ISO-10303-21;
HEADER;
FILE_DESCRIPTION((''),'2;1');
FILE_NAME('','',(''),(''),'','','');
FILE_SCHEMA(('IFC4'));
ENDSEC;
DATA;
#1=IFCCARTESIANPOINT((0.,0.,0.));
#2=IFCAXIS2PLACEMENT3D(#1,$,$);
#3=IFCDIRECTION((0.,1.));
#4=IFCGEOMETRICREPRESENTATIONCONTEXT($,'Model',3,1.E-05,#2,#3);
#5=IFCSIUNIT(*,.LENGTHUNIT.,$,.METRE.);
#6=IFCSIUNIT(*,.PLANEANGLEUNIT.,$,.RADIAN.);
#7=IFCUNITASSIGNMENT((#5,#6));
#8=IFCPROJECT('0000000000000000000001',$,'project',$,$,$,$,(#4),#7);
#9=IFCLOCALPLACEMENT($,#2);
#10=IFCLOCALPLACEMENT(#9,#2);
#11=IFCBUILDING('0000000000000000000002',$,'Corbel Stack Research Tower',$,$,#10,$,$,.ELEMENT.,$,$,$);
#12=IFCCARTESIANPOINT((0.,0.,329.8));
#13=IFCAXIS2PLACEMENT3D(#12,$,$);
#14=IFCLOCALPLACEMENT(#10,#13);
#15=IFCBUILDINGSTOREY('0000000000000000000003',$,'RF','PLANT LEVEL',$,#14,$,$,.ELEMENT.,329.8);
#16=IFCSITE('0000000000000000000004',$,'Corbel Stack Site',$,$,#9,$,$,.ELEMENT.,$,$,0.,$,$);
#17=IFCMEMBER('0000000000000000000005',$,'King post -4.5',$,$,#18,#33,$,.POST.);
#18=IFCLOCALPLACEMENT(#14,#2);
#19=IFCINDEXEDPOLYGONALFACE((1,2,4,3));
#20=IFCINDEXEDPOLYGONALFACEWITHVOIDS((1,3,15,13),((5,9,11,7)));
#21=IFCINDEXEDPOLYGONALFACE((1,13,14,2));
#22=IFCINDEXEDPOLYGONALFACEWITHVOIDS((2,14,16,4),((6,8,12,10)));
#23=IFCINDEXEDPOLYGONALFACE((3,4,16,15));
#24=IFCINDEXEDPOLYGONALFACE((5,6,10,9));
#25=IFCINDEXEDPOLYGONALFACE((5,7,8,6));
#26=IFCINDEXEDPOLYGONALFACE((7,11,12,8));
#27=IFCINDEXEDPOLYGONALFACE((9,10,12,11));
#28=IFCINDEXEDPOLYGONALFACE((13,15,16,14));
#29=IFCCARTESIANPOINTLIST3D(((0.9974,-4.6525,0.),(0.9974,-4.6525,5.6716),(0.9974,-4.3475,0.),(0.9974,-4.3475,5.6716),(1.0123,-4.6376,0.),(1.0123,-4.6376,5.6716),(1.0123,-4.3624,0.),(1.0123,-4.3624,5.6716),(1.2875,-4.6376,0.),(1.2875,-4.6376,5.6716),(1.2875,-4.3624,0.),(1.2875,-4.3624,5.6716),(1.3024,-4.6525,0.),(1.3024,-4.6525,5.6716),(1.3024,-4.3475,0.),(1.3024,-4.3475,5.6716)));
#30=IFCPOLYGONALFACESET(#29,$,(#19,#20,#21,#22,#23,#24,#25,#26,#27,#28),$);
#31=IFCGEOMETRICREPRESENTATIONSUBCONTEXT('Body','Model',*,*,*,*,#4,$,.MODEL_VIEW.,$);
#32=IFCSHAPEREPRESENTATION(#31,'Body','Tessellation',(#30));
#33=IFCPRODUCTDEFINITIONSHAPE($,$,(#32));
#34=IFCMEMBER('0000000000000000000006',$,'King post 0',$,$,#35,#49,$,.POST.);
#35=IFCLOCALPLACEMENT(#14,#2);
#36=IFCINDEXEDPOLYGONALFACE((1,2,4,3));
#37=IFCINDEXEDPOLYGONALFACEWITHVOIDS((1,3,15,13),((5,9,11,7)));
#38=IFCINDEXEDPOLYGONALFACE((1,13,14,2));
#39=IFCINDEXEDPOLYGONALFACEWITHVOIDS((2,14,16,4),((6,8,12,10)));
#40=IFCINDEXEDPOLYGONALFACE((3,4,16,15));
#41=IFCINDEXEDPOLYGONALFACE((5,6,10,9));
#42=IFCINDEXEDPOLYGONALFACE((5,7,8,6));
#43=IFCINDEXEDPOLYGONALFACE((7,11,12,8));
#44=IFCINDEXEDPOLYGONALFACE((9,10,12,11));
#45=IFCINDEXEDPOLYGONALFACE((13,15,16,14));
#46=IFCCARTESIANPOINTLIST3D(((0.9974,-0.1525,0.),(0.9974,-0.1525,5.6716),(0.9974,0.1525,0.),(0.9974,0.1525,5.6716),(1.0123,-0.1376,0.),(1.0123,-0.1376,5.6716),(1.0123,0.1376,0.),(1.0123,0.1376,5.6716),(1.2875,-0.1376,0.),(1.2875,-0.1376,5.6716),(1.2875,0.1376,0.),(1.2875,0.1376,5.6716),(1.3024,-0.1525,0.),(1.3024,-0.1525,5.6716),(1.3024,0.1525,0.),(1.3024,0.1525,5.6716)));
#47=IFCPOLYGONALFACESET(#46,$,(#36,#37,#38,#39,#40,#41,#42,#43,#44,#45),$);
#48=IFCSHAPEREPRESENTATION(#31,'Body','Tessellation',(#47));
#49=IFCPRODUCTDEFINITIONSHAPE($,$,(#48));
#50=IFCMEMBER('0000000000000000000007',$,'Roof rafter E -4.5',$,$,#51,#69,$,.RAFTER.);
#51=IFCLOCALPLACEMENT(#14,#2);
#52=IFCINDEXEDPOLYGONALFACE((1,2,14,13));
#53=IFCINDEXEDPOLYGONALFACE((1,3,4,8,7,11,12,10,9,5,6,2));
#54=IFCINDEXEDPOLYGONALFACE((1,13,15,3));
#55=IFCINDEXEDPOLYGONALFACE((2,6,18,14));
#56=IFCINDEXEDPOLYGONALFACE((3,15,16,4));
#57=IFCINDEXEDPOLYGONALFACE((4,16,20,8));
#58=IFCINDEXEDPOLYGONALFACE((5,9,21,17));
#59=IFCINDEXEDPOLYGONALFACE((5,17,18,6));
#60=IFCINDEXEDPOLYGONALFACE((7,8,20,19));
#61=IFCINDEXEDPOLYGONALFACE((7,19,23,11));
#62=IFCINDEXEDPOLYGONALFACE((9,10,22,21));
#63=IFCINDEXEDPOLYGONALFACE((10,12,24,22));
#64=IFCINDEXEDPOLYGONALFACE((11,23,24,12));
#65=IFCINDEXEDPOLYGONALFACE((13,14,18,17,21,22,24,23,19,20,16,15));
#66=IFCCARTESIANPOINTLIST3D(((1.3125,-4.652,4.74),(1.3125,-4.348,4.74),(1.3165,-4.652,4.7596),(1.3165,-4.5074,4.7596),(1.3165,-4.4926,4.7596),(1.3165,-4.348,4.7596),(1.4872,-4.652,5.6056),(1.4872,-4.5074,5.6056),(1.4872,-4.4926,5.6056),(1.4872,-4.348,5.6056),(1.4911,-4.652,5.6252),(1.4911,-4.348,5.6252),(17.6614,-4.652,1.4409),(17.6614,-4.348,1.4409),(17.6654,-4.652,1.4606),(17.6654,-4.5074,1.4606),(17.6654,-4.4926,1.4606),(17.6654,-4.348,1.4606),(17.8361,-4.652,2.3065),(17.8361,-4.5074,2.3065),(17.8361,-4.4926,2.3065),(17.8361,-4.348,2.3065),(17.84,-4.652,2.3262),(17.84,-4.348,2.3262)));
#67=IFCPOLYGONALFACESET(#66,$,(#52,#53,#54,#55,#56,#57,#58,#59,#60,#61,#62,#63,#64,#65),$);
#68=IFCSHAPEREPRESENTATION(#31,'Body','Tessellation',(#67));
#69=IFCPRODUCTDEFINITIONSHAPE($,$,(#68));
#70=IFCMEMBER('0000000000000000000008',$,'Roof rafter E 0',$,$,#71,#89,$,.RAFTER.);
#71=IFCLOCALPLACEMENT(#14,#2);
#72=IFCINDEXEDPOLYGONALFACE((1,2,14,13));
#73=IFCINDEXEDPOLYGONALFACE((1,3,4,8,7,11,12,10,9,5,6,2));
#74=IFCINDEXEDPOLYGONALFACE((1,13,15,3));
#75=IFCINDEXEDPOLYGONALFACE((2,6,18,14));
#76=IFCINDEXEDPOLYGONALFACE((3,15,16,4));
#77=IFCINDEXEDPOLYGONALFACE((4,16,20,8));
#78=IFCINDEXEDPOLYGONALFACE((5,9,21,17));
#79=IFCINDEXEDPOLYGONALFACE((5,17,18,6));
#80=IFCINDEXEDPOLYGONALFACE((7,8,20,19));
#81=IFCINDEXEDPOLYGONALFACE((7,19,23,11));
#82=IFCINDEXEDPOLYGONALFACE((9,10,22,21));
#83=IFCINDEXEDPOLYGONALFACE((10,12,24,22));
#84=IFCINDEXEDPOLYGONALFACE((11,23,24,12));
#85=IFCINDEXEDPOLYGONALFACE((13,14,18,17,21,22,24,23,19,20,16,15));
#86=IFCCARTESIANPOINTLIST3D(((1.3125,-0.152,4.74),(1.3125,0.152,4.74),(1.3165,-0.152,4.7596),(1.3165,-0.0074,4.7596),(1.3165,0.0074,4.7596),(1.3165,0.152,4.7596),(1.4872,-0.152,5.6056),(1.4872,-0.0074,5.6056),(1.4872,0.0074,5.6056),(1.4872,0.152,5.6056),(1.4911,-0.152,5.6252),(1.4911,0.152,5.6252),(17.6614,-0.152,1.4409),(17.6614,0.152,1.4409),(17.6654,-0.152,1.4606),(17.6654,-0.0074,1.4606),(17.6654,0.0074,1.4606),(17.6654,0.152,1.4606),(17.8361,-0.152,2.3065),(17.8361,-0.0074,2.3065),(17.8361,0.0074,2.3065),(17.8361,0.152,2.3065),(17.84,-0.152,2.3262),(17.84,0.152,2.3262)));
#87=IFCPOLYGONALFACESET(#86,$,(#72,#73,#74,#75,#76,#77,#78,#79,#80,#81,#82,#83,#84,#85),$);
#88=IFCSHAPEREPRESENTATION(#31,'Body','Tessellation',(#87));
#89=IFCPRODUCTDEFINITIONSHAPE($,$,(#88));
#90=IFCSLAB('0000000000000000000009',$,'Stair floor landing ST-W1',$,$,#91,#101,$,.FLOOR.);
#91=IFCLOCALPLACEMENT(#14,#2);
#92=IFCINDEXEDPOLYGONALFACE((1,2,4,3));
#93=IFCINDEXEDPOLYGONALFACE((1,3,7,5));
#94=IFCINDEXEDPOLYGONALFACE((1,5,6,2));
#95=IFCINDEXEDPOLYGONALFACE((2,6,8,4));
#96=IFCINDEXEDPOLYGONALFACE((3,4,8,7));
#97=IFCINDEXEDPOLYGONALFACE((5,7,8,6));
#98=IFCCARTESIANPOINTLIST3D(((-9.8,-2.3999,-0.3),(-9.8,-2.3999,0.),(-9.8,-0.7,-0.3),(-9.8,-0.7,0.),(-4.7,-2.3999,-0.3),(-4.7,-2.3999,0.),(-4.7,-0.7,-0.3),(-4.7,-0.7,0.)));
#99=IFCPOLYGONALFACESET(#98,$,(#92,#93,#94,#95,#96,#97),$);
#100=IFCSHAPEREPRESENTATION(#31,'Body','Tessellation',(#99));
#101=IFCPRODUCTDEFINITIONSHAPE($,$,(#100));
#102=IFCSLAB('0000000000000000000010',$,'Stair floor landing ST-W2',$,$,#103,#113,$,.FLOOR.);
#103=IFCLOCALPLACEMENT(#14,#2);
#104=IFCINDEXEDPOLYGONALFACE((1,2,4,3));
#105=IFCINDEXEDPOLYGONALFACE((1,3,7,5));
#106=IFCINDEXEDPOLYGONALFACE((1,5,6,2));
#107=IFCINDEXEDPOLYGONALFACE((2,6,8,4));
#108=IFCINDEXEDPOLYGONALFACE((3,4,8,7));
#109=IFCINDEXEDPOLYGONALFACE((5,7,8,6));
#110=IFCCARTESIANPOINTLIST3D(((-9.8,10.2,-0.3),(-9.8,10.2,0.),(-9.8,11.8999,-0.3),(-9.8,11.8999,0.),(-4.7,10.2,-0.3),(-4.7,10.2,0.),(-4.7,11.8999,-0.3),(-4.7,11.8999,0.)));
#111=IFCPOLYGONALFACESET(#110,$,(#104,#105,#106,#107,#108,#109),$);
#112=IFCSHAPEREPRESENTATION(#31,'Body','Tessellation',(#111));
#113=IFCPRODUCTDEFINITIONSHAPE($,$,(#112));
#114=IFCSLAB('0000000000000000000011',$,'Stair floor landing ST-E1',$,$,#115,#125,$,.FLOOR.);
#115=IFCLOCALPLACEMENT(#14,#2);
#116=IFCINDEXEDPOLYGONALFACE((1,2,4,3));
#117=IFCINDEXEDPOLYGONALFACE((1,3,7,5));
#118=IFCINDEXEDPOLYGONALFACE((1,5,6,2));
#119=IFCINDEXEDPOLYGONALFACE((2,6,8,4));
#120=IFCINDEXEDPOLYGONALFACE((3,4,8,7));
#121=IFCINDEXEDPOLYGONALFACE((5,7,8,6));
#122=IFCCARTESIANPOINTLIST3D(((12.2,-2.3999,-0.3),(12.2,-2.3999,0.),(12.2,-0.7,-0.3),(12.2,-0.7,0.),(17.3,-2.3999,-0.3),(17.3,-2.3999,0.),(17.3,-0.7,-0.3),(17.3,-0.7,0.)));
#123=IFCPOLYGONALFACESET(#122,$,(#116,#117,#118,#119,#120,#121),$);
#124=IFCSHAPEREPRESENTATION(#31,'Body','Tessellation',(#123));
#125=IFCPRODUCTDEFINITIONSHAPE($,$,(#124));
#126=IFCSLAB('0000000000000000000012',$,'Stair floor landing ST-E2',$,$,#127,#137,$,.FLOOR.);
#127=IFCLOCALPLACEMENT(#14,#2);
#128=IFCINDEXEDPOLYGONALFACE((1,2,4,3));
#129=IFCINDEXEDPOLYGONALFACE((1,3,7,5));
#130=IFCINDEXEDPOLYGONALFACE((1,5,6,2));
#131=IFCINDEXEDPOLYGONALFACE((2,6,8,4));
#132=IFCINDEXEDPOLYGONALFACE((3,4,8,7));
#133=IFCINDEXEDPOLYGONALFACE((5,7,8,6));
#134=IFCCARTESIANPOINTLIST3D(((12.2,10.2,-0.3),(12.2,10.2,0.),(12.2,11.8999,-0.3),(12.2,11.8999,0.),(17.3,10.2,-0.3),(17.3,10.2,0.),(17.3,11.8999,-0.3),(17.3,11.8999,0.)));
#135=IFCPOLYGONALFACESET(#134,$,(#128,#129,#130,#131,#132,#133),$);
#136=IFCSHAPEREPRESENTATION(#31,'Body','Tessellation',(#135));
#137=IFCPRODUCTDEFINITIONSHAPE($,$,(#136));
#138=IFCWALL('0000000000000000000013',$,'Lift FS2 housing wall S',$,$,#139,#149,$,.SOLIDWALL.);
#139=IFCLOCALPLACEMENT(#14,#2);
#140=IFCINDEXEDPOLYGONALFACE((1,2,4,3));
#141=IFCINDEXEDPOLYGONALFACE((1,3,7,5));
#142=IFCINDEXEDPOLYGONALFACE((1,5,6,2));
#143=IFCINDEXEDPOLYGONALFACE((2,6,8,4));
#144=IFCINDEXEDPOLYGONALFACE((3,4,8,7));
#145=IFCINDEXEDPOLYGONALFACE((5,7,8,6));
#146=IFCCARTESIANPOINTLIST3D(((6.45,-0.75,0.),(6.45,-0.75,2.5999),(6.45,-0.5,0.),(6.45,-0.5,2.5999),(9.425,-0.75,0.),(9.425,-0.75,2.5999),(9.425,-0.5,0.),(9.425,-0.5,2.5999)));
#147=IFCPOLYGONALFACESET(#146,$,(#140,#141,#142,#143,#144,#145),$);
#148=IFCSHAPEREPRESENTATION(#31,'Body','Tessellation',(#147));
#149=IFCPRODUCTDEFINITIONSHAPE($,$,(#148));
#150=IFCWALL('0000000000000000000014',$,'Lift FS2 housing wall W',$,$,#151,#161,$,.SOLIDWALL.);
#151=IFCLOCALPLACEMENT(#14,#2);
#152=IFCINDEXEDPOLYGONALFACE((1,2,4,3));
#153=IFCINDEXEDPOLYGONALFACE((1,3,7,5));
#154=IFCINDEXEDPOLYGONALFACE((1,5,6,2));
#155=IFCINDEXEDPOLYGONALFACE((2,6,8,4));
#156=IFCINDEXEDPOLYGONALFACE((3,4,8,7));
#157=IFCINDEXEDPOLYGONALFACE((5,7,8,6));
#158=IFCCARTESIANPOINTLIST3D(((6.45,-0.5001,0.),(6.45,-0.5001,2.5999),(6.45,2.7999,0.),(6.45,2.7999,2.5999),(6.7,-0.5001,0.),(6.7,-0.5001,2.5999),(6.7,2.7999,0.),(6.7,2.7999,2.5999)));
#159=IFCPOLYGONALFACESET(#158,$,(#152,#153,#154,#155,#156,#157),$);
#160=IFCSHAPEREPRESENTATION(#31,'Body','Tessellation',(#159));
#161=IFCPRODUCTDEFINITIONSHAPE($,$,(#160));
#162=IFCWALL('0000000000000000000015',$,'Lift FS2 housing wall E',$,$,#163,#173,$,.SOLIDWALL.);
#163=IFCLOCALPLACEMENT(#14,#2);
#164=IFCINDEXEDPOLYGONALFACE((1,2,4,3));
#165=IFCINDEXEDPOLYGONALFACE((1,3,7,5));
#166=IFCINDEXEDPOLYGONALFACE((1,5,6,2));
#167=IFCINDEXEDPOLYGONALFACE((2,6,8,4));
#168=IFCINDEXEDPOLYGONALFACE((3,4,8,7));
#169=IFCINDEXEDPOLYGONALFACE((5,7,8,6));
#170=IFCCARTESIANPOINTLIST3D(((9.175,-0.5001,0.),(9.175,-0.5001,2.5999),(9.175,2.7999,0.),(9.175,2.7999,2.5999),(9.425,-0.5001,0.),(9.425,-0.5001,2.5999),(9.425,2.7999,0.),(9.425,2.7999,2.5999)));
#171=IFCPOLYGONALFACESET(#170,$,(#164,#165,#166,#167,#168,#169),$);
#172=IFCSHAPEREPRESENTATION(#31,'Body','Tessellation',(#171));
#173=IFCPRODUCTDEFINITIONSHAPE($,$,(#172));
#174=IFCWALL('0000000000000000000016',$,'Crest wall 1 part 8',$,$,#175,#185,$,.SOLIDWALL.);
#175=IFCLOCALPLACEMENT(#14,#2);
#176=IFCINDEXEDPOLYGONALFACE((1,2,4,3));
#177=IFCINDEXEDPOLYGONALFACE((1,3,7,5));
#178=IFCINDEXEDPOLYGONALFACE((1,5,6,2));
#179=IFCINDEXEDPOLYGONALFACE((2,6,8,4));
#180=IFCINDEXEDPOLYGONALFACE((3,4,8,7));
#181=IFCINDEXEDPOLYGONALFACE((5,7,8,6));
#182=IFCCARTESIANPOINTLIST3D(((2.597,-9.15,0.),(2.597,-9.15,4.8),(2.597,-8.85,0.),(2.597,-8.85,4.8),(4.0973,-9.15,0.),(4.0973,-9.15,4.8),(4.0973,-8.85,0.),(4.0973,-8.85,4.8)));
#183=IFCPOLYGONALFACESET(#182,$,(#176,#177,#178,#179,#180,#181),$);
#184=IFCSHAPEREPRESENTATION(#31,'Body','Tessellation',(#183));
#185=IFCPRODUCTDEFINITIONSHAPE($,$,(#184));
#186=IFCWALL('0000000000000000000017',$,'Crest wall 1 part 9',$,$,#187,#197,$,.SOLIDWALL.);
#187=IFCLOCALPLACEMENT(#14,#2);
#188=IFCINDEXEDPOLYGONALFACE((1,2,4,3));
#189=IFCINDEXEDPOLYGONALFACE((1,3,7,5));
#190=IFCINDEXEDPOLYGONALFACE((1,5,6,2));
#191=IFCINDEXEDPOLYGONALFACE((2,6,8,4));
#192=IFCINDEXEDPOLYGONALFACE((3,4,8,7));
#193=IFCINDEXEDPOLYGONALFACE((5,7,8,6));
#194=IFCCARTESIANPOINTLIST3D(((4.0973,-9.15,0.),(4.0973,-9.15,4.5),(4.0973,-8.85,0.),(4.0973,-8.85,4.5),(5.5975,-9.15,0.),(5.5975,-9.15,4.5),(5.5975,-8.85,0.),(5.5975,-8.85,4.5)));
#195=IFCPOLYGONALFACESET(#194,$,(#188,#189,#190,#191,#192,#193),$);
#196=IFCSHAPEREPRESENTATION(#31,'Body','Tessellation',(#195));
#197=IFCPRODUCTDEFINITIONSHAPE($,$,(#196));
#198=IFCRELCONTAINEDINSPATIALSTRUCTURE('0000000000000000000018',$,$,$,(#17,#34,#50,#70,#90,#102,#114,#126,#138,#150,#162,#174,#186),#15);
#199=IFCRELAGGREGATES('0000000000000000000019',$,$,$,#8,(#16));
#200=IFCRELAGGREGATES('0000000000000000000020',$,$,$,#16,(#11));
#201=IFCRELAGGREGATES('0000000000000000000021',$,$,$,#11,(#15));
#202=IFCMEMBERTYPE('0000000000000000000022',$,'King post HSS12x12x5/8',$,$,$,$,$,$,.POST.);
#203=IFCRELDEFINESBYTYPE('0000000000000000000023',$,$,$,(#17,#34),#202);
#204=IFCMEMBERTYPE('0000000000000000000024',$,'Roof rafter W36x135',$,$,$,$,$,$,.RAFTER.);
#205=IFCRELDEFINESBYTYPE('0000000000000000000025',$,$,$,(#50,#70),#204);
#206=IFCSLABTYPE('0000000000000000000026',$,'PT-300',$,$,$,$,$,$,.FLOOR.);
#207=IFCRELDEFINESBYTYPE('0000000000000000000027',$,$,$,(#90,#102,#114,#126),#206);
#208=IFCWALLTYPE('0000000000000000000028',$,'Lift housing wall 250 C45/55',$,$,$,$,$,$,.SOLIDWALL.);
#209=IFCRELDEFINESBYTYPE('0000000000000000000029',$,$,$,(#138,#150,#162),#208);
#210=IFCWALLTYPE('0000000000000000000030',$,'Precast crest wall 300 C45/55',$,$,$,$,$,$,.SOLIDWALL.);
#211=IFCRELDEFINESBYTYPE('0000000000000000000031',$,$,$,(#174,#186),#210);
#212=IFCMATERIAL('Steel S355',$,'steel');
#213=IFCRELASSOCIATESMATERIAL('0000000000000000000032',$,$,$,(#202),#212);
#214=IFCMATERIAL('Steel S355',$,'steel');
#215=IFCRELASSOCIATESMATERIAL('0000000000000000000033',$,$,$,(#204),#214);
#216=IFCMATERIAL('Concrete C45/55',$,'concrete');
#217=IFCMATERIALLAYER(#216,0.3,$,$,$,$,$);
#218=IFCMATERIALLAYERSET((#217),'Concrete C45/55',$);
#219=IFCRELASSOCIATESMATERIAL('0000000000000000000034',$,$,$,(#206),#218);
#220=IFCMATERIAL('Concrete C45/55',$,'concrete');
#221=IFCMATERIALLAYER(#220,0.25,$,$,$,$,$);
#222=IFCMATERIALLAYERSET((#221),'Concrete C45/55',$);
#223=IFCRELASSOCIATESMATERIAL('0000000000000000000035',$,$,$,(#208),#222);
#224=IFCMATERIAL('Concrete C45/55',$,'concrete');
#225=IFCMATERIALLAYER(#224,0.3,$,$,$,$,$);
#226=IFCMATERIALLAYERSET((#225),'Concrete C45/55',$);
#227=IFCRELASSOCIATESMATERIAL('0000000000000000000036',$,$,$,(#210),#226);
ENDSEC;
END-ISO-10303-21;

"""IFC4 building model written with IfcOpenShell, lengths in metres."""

from ifc_helpers import new_model, si_unit, direction, frame, frame_2d, origin, origin_2d, place, context, subcontext, project, spatial, polyline, rectangle, hollow_rectangle, i_section, outline, extrude, material, layer, layer_set, material_profile, profile_set, type_object, element, save


model = new_model("IFC4")

# Units and contexts
model_context = context("Model", 3, precision=1e-05, world=origin(), true_north=direction((0.0, 1.0)))
body_context = subcontext(model_context, "Body", "Model", "MODEL_VIEW")
ifc_project = project(units=[si_unit("LENGTHUNIT", "METRE"), si_unit("PLANEANGLEUNIT", "RADIAN")], contexts=[model_context])

# Site, building, storey
site_placement = place(None, origin())
site = spatial("IfcSite", under=ifc_project, at=site_placement, Name="Corbel Stack Site", CompositionType="ELEMENT", RefElevation=0.0)
building_placement = place(site_placement, origin())
building = spatial("IfcBuilding", under=site, at=building_placement, Name="Corbel Stack Research Tower", CompositionType="ELEMENT")
storey_placement = place(building_placement, frame((0.0, 0.0, 329.8)))
storey = spatial("IfcBuildingStorey", under=building, at=storey_placement, Name="RF", Description="PLANT LEVEL", CompositionType="ELEMENT", Elevation=329.8)

# Members
ifc_material_1 = material(Name="Steel S355", Category="steel")
ifc_material_profile_1 = material_profile(ifc_material_1, hollow_rectangle(XDim=0.3049, YDim=0.3049, WallThickness=0.0149, at=origin_2d()), Name="HSS12x12x5/8")
ifc_profile_set_1 = profile_set([ifc_material_profile_1], Name="Steel S355")
member_type_1 = type_object("IfcMemberType", Name="King post HSS12x12x5/8", PredefinedType="POST", material=ifc_profile_set_1)
for number, where, z_axis, x_axis, name in (
    (1, (1.1499, -4.5, 0.0), (0.0, 0.0, 1.0), (1.0, 0.0, 0.0), "King post -4.5"),
    (2, (1.1499, 0.0, 0.0), (0.0, 0.0, 1.0), (1.0, 0.0, 0.0), "King post 0"),
):
    element("IfcMember", number, at=place(storey_placement, frame(where, z_axis=z_axis, x_axis=x_axis)), inside=storey, type_object=member_type_1, Name=name, PredefinedType="POST", context=body_context, shape_type="SweptSolid", body=[
        extrude(hollow_rectangle(XDim=0.3049, YDim=0.3049, WallThickness=0.0149, at=origin_2d()), origin(), (0.0, 0.0, 1.0), 5.6716),
    ])
ifc_material_2 = material(Name="Steel S355", Category="steel")
ifc_material_profile_2 = material_profile(ifc_material_2, i_section(OverallWidth=0.304, OverallDepth=0.9031, WebThickness=0.0149, FlangeThickness=0.02, at=origin_2d()), Name="W36x135")
ifc_profile_set_2 = profile_set([ifc_material_profile_2], Name="Steel S355")
member_type_2 = type_object("IfcMemberType", Name="Roof rafter W36x135", PredefinedType="RAFTER", material=ifc_profile_set_2)
for number, where, z_axis, x_axis, name in (
    (3, (17.7507, -4.5, 1.8835), (-0.980241, 0.0, 0.197805), (0.0, -1.0, 0.0), "Roof rafter E -4.5"),
    (4, (17.7507, 0.0, 1.8835), (-0.980241, 0.0, 0.197805), (0.0, -1.0, 0.0), "Roof rafter E 0"),
):
    element("IfcMember", number, at=place(storey_placement, frame(where, z_axis=z_axis, x_axis=x_axis)), inside=storey, type_object=member_type_2, Name=name, PredefinedType="RAFTER", context=body_context, shape_type="SweptSolid", body=[
        extrude(i_section(OverallWidth=0.304, OverallDepth=0.9031, WebThickness=0.0149, FlangeThickness=0.02, at=origin_2d()), origin(), (0.0, 0.0, 1.0), 16.6785),
    ])

# Slabs
ifc_material_3 = material(Name="Concrete C45/55", Category="concrete")
ifc_layer_1 = layer(ifc_material_3, 0.3)
ifc_layer_set_1 = layer_set([ifc_layer_1], Name="Concrete C45/55")
slab_type = type_object("IfcSlabType", Name="PT-300", PredefinedType="FLOOR", material=ifc_layer_set_1)
slab_1_placement = place(storey_placement, frame((0.0, 0.0, -0.3)))
element("IfcSlab", 5, at=slab_1_placement, inside=storey, type_object=slab_type, Name="Stair floor landing ST-W1", PredefinedType="FLOOR", context=body_context, shape_type="SweptSolid", body=[
    extrude(outline(polyline([(-9.8, -2.3999), (-4.7, -2.3999), (-4.7, -0.7), (-9.8, -0.7), (-9.8, -2.3999)])), origin(), (0.0, 0.0, 1.0), 0.3),
])
slab_2_placement = place(storey_placement, frame((0.0, 0.0, -0.3)))
element("IfcSlab", 6, at=slab_2_placement, inside=storey, type_object=slab_type, Name="Stair floor landing ST-W2", PredefinedType="FLOOR", context=body_context, shape_type="SweptSolid", body=[
    extrude(outline(polyline([(-9.8, 10.2), (-4.7, 10.2), (-4.7, 11.8999), (-9.8, 11.8999), (-9.8, 10.2)])), origin(), (0.0, 0.0, 1.0), 0.3),
])
slab_3_placement = place(storey_placement, frame((0.0, 0.0, -0.3)))
element("IfcSlab", 7, at=slab_3_placement, inside=storey, type_object=slab_type, Name="Stair floor landing ST-E1", PredefinedType="FLOOR", context=body_context, shape_type="SweptSolid", body=[
    extrude(outline(polyline([(12.2, -2.3999), (17.3, -2.3999), (17.3, -0.7), (12.2, -0.7), (12.2, -2.3999)])), origin(), (0.0, 0.0, 1.0), 0.3),
])
slab_4_placement = place(storey_placement, frame((0.0, 0.0, -0.3)))
element("IfcSlab", 8, at=slab_4_placement, inside=storey, type_object=slab_type, Name="Stair floor landing ST-E2", PredefinedType="FLOOR", context=body_context, shape_type="SweptSolid", body=[
    extrude(outline(polyline([(12.2, 10.2), (17.3, 10.2), (17.3, 11.8999), (12.2, 11.8999), (12.2, 10.2)])), origin(), (0.0, 0.0, 1.0), 0.3),
])

# Walls
ifc_material_4 = material(Name="Concrete C45/55", Category="concrete")
ifc_layer_2 = layer(ifc_material_4, 0.25)
ifc_layer_set_2 = layer_set([ifc_layer_2], Name="Concrete C45/55")
wall_type_1 = type_object("IfcWallType", Name="Lift housing wall 250 C45/55", PredefinedType="SOLIDWALL", material=ifc_layer_set_2)
wall_1_placement = place(storey_placement, frame((6.45, -0.625, 0.0), z_axis=(0.0, 0.0, 1.0), x_axis=(1.0, 0.0, 0.0)))
element("IfcWall", 9, at=wall_1_placement, inside=storey, type_object=wall_type_1, Name="Lift FS2 housing wall S", PredefinedType="SOLIDWALL", context=body_context, shape_type="SweptSolid", body=[
    extrude(rectangle(XDim=2.9751, YDim=0.25, at=frame_2d((1.4875, 0.0))), origin(), (0.0, 0.0, 1.0), 2.5999),
])
for number, where, z_axis, x_axis, name in (
    (10, (6.575, -0.5, 0.0), (0.0, 0.0, 1.0), (0.0, 1.0, 0.0), "Lift FS2 housing wall W"),
    (11, (9.3, -0.5, 0.0), (0.0, 0.0, 1.0), (0.0, 1.0, 0.0), "Lift FS2 housing wall E"),
):
    element("IfcWall", number, at=place(storey_placement, frame(where, z_axis=z_axis, x_axis=x_axis)), inside=storey, type_object=wall_type_1, Name=name, PredefinedType="SOLIDWALL", context=body_context, shape_type="SweptSolid", body=[
        extrude(rectangle(XDim=3.3, YDim=0.25, at=frame_2d((1.6499, 0.0))), origin(), (0.0, 0.0, 1.0), 2.5999),
    ])
ifc_material_5 = material(Name="Concrete C45/55", Category="concrete")
ifc_layer_3 = layer(ifc_material_5, 0.3)
ifc_layer_set_3 = layer_set([ifc_layer_3], Name="Concrete C45/55")
wall_type_2 = type_object("IfcWallType", Name="Precast crest wall 300 C45/55", PredefinedType="SOLIDWALL", material=ifc_layer_set_3)
wall_2_placement = place(storey_placement, frame((2.5972, -9.0, 0.0), z_axis=(0.0, 0.0, 1.0), x_axis=(1.0, 0.0, 0.0)))
element("IfcWall", 12, at=wall_2_placement, inside=storey, type_object=wall_type_2, Name="Crest wall 1 part 8", PredefinedType="SOLIDWALL", context=body_context, shape_type="SweptSolid", body=[
    extrude(rectangle(XDim=1.5002, YDim=0.3, at=frame_2d((0.75, 0.0))), origin(), (0.0, 0.0, 1.0), 4.8),
])
wall_3_placement = place(storey_placement, frame((4.0974, -9.0, 0.0), z_axis=(0.0, 0.0, 1.0), x_axis=(1.0, 0.0, 0.0)))
element("IfcWall", 13, at=wall_3_placement, inside=storey, type_object=wall_type_2, Name="Crest wall 1 part 9", PredefinedType="SOLIDWALL", context=body_context, shape_type="SweptSolid", body=[
    extrude(rectangle(XDim=1.5002, YDim=0.3, at=frame_2d((0.75, 0.0))), origin(), (0.0, 0.0, 1.0), 4.5),
])

save(model, "model.ifc")
